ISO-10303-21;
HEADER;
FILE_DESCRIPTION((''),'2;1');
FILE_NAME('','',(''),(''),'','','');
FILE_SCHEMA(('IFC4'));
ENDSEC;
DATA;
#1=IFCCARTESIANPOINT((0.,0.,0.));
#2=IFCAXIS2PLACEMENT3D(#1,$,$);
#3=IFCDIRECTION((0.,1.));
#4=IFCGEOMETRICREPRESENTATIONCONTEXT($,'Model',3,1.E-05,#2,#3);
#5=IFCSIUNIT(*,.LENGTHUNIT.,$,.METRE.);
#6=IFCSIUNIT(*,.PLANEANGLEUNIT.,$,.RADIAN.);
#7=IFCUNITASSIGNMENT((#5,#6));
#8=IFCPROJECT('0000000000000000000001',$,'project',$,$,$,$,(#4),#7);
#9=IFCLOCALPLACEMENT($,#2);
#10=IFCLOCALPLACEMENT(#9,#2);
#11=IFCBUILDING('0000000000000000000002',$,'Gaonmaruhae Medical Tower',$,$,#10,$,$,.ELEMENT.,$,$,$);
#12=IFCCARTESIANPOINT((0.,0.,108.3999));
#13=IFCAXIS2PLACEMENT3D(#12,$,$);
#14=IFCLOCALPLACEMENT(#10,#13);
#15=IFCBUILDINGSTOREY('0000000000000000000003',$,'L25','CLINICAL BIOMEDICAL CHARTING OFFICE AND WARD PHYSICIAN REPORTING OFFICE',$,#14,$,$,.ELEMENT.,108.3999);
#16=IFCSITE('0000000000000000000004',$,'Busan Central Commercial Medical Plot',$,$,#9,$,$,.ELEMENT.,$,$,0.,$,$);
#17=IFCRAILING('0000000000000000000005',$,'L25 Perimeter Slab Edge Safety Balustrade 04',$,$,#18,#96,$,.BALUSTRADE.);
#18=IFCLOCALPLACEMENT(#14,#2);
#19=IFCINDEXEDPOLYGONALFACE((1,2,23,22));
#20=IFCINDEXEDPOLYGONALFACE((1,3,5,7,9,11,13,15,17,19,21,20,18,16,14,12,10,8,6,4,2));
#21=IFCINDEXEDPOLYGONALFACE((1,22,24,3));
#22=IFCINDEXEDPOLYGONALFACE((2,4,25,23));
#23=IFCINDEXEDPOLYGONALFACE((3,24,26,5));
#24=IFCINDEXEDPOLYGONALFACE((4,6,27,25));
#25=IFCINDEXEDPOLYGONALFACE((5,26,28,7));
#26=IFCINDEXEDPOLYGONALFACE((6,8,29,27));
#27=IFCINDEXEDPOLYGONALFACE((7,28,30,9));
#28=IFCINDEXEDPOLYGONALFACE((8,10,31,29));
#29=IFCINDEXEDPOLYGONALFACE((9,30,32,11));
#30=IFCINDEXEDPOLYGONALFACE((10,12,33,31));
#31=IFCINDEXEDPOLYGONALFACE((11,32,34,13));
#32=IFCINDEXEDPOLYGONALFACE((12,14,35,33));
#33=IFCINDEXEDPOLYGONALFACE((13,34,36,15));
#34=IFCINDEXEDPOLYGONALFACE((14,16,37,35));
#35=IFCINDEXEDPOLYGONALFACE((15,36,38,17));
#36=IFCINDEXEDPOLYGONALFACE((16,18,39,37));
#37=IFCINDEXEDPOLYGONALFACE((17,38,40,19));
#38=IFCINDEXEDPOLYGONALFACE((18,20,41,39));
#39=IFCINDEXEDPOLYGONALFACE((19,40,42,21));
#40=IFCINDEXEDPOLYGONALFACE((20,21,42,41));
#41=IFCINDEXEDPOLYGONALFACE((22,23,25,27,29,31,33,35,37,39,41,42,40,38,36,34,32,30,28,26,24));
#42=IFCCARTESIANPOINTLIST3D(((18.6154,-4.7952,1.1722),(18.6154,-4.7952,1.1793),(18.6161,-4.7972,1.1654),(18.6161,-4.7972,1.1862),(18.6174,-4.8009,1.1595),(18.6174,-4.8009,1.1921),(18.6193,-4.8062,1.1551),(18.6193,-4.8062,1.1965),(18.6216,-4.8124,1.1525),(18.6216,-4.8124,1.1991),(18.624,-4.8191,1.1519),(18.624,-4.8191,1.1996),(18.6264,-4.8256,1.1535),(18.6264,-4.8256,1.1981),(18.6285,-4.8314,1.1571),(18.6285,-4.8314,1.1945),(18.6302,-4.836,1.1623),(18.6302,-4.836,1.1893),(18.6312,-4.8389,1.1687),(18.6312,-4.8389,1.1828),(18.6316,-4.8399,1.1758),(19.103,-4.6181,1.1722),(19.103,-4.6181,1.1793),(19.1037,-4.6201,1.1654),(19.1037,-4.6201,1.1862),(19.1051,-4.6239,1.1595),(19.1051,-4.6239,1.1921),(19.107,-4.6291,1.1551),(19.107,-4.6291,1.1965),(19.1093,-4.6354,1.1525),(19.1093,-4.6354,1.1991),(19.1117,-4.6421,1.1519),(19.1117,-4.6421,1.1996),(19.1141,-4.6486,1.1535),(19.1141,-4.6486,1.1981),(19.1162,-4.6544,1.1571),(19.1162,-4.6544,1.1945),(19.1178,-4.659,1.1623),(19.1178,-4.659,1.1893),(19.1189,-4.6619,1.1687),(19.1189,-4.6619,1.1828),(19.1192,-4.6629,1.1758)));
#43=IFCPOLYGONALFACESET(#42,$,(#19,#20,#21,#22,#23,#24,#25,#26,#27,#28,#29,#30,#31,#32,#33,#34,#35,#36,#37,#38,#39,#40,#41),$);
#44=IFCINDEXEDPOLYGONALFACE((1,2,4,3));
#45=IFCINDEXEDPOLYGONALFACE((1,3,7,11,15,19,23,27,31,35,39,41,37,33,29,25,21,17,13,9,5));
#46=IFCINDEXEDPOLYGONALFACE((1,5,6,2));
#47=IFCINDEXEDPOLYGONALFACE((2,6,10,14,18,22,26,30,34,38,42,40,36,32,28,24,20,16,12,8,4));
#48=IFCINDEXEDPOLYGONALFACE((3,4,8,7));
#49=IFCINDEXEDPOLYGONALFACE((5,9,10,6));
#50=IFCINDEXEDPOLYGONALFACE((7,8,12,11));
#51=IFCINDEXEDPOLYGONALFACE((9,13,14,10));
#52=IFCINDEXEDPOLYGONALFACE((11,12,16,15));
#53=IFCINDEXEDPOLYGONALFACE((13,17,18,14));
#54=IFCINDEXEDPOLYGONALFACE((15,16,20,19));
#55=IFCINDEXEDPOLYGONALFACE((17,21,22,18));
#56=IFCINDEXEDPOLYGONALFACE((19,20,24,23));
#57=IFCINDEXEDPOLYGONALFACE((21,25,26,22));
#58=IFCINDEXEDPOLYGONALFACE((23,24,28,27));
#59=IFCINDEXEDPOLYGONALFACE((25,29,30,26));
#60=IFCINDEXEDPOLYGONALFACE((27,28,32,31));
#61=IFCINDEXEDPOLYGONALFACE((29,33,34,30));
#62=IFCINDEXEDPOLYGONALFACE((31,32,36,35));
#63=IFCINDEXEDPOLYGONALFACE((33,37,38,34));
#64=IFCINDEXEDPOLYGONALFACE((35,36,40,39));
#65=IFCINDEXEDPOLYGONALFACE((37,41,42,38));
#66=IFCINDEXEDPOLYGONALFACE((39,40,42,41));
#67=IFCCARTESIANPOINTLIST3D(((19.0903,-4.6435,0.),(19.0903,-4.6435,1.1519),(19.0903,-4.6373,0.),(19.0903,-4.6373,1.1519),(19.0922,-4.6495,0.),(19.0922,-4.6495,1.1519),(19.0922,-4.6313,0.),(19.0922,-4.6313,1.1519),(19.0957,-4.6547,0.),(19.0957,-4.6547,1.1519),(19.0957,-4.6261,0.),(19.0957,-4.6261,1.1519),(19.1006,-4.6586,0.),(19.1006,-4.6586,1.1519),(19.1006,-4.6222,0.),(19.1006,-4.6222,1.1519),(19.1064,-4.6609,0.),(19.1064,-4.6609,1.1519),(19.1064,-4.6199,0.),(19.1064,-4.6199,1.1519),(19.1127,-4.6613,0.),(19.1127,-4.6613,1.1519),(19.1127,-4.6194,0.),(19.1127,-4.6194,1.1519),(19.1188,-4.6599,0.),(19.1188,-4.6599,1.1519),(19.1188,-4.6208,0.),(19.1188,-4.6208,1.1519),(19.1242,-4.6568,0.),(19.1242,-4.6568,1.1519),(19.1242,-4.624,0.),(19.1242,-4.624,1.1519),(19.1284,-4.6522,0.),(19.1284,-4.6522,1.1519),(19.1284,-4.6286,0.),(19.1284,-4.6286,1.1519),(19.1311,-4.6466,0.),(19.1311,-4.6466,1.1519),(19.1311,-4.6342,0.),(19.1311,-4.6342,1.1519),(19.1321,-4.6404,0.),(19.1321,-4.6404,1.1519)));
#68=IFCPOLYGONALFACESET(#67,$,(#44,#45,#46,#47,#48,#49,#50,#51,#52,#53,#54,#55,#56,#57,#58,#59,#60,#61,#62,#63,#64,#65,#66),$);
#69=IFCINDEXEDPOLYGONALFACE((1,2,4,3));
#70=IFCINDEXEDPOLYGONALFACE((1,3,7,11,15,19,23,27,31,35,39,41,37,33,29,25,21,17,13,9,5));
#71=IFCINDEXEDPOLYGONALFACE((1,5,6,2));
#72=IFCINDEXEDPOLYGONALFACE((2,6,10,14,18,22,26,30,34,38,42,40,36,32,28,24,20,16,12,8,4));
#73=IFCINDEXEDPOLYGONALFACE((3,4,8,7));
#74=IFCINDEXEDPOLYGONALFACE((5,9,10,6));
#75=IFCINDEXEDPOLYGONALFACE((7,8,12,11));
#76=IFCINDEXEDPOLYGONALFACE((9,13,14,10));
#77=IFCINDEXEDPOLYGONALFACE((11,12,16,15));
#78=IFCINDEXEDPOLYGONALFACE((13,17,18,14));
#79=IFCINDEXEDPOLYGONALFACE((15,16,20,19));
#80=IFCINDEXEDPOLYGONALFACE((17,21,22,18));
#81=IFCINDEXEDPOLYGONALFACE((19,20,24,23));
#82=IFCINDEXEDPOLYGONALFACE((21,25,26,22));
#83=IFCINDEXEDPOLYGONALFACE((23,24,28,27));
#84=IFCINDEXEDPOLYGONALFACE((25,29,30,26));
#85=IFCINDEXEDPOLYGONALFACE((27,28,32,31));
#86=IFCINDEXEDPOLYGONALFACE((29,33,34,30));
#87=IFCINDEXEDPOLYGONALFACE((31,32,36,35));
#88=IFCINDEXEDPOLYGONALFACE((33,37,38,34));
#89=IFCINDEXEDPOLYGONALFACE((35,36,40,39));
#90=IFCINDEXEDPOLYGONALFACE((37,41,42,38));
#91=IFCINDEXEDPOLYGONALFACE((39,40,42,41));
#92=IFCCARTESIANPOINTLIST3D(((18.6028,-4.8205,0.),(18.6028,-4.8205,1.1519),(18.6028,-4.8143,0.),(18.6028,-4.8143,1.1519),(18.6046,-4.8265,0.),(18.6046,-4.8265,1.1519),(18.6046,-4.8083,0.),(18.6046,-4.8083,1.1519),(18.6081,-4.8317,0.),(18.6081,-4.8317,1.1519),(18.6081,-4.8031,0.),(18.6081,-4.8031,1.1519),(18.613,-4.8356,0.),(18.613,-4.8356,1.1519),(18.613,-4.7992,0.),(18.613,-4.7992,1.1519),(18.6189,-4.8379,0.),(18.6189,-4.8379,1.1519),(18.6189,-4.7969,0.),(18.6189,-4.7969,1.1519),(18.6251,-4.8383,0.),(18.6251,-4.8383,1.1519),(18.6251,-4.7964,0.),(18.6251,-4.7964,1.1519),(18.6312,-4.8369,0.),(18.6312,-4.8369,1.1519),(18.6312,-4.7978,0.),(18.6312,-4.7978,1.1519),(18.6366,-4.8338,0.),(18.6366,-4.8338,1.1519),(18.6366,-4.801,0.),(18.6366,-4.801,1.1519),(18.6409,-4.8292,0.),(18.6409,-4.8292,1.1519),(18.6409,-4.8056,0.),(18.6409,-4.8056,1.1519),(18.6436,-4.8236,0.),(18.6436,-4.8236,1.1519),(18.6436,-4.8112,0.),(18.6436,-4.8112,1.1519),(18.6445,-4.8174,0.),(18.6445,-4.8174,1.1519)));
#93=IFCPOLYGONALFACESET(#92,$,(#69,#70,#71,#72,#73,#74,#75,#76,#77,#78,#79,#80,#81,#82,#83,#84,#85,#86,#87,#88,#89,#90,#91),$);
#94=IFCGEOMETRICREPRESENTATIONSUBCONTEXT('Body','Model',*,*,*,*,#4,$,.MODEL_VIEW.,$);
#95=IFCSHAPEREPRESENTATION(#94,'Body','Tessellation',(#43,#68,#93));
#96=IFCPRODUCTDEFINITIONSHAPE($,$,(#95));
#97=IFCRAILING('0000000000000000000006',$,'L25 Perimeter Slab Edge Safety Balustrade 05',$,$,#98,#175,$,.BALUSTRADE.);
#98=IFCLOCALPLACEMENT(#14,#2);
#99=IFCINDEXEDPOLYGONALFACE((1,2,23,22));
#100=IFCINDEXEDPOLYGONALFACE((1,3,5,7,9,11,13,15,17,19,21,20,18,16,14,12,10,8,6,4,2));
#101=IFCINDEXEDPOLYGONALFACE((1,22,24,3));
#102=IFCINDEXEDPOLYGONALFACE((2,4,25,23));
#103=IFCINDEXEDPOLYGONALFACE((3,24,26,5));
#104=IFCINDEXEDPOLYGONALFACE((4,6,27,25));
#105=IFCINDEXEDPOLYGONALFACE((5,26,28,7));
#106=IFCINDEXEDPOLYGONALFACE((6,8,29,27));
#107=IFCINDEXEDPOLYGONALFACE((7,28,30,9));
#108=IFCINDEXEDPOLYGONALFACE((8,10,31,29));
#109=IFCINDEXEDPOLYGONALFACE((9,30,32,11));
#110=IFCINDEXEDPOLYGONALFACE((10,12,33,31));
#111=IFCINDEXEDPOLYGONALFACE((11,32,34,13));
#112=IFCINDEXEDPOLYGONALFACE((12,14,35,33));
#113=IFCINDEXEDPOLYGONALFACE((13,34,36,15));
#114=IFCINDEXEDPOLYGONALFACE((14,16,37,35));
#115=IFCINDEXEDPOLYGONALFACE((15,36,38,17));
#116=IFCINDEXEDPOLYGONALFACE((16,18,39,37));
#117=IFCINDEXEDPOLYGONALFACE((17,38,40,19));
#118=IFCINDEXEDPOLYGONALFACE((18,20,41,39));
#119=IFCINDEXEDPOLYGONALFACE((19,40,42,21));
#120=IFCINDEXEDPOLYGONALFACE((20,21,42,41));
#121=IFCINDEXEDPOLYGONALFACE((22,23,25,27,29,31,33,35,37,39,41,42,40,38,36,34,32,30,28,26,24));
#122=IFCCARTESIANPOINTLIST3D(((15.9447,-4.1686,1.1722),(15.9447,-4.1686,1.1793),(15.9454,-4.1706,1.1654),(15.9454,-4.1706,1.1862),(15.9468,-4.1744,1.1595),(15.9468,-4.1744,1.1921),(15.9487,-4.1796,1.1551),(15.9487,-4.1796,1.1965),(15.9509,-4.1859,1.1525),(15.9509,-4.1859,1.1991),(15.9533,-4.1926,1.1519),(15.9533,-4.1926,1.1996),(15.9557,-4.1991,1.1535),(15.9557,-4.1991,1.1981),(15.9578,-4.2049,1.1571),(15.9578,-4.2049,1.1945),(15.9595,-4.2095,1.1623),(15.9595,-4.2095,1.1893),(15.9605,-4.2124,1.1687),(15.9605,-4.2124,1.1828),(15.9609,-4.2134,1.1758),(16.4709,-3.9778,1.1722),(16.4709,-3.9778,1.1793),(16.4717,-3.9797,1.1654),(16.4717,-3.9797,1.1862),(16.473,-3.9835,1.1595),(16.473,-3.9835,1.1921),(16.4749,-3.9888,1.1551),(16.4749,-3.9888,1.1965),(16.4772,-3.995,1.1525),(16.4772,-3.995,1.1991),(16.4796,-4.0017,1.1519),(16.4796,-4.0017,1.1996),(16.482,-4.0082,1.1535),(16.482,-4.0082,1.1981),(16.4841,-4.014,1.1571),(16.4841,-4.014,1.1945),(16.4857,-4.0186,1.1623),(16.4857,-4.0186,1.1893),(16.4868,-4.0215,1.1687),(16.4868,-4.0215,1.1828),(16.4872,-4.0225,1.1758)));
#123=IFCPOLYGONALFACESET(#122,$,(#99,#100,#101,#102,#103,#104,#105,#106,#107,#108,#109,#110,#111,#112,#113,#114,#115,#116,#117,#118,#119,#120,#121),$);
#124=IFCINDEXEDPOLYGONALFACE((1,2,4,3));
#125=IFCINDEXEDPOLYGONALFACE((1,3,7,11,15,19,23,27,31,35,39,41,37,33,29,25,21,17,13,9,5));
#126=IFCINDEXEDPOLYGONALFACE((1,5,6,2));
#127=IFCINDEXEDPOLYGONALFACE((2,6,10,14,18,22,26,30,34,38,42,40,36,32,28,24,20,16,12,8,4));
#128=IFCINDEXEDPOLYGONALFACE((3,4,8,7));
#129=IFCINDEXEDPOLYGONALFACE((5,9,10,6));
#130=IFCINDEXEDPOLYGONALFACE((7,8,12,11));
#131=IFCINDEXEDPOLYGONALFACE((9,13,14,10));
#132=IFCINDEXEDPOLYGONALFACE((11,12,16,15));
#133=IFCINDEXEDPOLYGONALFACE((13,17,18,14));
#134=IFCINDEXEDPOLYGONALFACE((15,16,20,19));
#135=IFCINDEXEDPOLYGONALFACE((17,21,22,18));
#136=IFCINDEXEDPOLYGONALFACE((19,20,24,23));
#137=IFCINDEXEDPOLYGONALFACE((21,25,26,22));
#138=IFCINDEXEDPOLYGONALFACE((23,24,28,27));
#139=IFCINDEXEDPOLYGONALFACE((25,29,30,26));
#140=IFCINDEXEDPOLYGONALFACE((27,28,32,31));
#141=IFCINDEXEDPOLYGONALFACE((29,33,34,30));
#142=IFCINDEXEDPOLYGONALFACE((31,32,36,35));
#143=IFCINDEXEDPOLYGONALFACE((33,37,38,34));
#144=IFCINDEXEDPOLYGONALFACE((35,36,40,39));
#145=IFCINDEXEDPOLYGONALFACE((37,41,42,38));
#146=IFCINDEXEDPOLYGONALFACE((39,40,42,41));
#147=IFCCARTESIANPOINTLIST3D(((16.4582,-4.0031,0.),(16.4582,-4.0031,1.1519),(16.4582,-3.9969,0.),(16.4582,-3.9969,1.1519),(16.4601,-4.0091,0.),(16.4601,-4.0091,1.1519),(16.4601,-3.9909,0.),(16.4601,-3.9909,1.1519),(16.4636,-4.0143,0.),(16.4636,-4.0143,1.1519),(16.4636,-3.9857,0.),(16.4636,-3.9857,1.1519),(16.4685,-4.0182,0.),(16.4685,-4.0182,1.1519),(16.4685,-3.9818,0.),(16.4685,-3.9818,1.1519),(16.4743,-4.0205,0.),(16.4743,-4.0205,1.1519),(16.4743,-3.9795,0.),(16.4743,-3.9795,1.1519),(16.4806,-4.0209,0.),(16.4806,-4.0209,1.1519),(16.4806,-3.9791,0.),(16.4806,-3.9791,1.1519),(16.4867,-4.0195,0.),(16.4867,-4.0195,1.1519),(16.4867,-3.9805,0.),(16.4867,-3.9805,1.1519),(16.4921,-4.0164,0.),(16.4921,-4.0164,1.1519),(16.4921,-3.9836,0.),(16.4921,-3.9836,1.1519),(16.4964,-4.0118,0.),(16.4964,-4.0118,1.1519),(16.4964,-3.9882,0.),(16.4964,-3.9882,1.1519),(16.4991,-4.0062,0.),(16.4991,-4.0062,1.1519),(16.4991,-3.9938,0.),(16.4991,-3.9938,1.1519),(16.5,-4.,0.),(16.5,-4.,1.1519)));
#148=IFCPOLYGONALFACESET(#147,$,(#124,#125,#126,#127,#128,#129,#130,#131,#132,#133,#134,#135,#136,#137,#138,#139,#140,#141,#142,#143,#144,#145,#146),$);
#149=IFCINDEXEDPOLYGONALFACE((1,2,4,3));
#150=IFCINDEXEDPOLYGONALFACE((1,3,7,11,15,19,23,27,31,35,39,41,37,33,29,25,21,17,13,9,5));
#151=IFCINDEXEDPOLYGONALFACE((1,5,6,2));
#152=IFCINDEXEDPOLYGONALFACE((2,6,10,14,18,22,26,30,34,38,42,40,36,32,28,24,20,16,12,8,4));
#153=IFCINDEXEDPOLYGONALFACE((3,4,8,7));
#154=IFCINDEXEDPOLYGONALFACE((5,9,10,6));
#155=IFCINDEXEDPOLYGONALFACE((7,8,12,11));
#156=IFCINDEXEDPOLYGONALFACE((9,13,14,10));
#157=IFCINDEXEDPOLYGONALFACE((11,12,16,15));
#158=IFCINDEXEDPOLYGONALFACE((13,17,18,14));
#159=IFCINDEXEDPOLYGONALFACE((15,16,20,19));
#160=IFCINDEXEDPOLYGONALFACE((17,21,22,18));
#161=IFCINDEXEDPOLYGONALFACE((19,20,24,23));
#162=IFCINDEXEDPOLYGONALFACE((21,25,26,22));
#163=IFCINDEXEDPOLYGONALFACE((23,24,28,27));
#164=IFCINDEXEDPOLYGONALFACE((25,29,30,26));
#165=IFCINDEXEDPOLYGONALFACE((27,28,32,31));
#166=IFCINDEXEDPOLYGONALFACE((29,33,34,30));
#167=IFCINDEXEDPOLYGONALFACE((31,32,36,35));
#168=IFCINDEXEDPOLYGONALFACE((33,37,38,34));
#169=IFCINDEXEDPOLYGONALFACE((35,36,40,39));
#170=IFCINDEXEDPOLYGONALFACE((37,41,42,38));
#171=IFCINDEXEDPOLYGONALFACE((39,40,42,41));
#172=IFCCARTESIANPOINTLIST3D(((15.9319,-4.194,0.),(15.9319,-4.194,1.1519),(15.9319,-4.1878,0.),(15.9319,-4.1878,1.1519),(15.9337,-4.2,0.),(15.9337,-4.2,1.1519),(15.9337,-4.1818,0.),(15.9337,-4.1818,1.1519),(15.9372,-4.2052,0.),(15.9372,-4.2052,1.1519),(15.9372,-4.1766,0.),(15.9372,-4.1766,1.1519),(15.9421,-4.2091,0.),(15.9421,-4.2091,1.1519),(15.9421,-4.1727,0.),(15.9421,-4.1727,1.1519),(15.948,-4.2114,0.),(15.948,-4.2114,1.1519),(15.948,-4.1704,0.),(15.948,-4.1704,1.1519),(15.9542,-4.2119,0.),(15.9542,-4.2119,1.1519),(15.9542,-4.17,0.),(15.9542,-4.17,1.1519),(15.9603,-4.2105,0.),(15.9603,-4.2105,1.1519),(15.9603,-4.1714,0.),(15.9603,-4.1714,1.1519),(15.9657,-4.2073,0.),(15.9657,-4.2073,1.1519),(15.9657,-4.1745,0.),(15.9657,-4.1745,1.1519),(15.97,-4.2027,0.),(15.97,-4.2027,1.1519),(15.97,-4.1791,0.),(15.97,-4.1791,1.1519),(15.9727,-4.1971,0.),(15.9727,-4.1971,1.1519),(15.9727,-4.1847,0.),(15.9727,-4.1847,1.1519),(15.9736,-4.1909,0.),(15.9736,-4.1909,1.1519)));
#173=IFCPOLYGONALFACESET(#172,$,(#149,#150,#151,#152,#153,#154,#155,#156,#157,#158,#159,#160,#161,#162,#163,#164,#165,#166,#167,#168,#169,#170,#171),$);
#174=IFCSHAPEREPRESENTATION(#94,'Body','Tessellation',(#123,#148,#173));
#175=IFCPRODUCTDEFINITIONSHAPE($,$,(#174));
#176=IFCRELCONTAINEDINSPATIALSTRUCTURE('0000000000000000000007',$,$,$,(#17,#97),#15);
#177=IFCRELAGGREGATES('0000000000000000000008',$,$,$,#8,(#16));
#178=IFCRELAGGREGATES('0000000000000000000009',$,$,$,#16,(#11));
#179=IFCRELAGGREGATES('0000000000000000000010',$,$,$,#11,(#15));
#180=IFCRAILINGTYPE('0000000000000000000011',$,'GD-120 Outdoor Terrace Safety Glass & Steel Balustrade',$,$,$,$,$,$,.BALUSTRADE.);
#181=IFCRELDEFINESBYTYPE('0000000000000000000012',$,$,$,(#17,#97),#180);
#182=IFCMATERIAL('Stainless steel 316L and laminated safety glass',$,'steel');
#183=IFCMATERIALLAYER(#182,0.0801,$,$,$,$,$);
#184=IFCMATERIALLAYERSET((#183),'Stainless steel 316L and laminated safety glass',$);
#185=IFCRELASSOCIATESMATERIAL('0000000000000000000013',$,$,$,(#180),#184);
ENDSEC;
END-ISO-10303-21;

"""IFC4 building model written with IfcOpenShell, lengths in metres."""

from ifc_helpers import new_model, si_unit, direction, frame, origin, origin_2d, place, context, subcontext, project, spatial, circle, extrude, material, layer, layer_set, type_object, element, save


model = new_model("IFC4")

# Units and contexts
model_context = context("Model", 3, precision=1e-05, world=origin(), true_north=direction((0.0, 1.0)))
body_context = subcontext(model_context, "Body", "Model", "MODEL_VIEW")
ifc_project = project(units=[si_unit("LENGTHUNIT", "METRE"), si_unit("PLANEANGLEUNIT", "RADIAN")], contexts=[model_context])

# Site, building, storey
site_placement = place(None, origin())
site = spatial("IfcSite", under=ifc_project, at=site_placement, Name="Busan Central Commercial Medical Plot", CompositionType="ELEMENT", RefElevation=0.0)
building_placement = place(site_placement, origin())
building = spatial("IfcBuilding", under=site, at=building_placement, Name="Gaonmaruhae Medical Tower", CompositionType="ELEMENT")
storey_placement = place(building_placement, frame((0.0, 0.0, 108.3999)))
storey = spatial("IfcBuildingStorey", under=building, at=storey_placement, Name="L25", Description="CLINICAL BIOMEDICAL CHARTING OFFICE AND WARD PHYSICIAN REPORTING OFFICE", CompositionType="ELEMENT", Elevation=108.3999)

# Railings
ifc_material_1 = material(Name="Stainless steel 316L and laminated safety glass", Category="steel")
ifc_layer_1 = layer(ifc_material_1, 0.0801)
ifc_layer_set_1 = layer_set([ifc_layer_1], Name="Stainless steel 316L and laminated safety glass")
railing_type_1 = type_object("IfcRailingType", Name="GD-120 Outdoor Terrace Safety Glass & Steel Balustrade", PredefinedType="BALUSTRADE", material=ifc_layer_set_1)
railing_1_placement = place(storey_placement, frame((19.1111, -4.6404, 0.0)))
element("IfcRailing", 1, at=railing_1_placement, inside=storey, type_object=railing_type_1, Name="L25 Perimeter Slab Edge Safety Balustrade 04", PredefinedType="BALUSTRADE", context=body_context, shape_type="SweptSolid", body=[
    extrude(circle(Radius=0.0239, at=origin_2d()), frame((0.0, 0.0, 1.1758), z_axis=(-0.939972, -0.341252, 0.0), x_axis=(0.341252, -0.939972, 0.0)), (0.0, 0.0, 1.0), 0.5188),
    extrude(circle(Radius=0.021, at=origin_2d()), origin(), (0.0, 0.0, 1.0), 1.1519),
    extrude(circle(Radius=0.021, at=origin_2d()), frame((-0.4875, -0.177, 0.0)), (0.0, 0.0, 1.0), 1.1519),
])
railing_2_placement = place(storey_placement, frame((16.479, -4.0, 0.0)))
element("IfcRailing", 2, at=railing_2_placement, inside=storey, type_object=railing_type_1, Name="L25 Perimeter Slab Edge Safety Balustrade 05", PredefinedType="BALUSTRADE", context=body_context, shape_type="SweptSolid", body=[
    extrude(circle(Radius=0.0239, at=origin_2d()), frame((0.0, 0.0, 1.1758), z_axis=(-0.940073, -0.340973, 0.0), x_axis=(0.340973, -0.940073, 0.0)), (0.0, 0.0, 1.0), 0.5598),
    extrude(circle(Radius=0.021, at=origin_2d()), origin(), (0.0, 0.0, 1.0), 1.1519),
    extrude(circle(Radius=0.021, at=origin_2d()), frame((-0.5264, -0.1909, 0.0)), (0.0, 0.0, 1.0), 1.1519),
])

save(model, "model.ifc")
